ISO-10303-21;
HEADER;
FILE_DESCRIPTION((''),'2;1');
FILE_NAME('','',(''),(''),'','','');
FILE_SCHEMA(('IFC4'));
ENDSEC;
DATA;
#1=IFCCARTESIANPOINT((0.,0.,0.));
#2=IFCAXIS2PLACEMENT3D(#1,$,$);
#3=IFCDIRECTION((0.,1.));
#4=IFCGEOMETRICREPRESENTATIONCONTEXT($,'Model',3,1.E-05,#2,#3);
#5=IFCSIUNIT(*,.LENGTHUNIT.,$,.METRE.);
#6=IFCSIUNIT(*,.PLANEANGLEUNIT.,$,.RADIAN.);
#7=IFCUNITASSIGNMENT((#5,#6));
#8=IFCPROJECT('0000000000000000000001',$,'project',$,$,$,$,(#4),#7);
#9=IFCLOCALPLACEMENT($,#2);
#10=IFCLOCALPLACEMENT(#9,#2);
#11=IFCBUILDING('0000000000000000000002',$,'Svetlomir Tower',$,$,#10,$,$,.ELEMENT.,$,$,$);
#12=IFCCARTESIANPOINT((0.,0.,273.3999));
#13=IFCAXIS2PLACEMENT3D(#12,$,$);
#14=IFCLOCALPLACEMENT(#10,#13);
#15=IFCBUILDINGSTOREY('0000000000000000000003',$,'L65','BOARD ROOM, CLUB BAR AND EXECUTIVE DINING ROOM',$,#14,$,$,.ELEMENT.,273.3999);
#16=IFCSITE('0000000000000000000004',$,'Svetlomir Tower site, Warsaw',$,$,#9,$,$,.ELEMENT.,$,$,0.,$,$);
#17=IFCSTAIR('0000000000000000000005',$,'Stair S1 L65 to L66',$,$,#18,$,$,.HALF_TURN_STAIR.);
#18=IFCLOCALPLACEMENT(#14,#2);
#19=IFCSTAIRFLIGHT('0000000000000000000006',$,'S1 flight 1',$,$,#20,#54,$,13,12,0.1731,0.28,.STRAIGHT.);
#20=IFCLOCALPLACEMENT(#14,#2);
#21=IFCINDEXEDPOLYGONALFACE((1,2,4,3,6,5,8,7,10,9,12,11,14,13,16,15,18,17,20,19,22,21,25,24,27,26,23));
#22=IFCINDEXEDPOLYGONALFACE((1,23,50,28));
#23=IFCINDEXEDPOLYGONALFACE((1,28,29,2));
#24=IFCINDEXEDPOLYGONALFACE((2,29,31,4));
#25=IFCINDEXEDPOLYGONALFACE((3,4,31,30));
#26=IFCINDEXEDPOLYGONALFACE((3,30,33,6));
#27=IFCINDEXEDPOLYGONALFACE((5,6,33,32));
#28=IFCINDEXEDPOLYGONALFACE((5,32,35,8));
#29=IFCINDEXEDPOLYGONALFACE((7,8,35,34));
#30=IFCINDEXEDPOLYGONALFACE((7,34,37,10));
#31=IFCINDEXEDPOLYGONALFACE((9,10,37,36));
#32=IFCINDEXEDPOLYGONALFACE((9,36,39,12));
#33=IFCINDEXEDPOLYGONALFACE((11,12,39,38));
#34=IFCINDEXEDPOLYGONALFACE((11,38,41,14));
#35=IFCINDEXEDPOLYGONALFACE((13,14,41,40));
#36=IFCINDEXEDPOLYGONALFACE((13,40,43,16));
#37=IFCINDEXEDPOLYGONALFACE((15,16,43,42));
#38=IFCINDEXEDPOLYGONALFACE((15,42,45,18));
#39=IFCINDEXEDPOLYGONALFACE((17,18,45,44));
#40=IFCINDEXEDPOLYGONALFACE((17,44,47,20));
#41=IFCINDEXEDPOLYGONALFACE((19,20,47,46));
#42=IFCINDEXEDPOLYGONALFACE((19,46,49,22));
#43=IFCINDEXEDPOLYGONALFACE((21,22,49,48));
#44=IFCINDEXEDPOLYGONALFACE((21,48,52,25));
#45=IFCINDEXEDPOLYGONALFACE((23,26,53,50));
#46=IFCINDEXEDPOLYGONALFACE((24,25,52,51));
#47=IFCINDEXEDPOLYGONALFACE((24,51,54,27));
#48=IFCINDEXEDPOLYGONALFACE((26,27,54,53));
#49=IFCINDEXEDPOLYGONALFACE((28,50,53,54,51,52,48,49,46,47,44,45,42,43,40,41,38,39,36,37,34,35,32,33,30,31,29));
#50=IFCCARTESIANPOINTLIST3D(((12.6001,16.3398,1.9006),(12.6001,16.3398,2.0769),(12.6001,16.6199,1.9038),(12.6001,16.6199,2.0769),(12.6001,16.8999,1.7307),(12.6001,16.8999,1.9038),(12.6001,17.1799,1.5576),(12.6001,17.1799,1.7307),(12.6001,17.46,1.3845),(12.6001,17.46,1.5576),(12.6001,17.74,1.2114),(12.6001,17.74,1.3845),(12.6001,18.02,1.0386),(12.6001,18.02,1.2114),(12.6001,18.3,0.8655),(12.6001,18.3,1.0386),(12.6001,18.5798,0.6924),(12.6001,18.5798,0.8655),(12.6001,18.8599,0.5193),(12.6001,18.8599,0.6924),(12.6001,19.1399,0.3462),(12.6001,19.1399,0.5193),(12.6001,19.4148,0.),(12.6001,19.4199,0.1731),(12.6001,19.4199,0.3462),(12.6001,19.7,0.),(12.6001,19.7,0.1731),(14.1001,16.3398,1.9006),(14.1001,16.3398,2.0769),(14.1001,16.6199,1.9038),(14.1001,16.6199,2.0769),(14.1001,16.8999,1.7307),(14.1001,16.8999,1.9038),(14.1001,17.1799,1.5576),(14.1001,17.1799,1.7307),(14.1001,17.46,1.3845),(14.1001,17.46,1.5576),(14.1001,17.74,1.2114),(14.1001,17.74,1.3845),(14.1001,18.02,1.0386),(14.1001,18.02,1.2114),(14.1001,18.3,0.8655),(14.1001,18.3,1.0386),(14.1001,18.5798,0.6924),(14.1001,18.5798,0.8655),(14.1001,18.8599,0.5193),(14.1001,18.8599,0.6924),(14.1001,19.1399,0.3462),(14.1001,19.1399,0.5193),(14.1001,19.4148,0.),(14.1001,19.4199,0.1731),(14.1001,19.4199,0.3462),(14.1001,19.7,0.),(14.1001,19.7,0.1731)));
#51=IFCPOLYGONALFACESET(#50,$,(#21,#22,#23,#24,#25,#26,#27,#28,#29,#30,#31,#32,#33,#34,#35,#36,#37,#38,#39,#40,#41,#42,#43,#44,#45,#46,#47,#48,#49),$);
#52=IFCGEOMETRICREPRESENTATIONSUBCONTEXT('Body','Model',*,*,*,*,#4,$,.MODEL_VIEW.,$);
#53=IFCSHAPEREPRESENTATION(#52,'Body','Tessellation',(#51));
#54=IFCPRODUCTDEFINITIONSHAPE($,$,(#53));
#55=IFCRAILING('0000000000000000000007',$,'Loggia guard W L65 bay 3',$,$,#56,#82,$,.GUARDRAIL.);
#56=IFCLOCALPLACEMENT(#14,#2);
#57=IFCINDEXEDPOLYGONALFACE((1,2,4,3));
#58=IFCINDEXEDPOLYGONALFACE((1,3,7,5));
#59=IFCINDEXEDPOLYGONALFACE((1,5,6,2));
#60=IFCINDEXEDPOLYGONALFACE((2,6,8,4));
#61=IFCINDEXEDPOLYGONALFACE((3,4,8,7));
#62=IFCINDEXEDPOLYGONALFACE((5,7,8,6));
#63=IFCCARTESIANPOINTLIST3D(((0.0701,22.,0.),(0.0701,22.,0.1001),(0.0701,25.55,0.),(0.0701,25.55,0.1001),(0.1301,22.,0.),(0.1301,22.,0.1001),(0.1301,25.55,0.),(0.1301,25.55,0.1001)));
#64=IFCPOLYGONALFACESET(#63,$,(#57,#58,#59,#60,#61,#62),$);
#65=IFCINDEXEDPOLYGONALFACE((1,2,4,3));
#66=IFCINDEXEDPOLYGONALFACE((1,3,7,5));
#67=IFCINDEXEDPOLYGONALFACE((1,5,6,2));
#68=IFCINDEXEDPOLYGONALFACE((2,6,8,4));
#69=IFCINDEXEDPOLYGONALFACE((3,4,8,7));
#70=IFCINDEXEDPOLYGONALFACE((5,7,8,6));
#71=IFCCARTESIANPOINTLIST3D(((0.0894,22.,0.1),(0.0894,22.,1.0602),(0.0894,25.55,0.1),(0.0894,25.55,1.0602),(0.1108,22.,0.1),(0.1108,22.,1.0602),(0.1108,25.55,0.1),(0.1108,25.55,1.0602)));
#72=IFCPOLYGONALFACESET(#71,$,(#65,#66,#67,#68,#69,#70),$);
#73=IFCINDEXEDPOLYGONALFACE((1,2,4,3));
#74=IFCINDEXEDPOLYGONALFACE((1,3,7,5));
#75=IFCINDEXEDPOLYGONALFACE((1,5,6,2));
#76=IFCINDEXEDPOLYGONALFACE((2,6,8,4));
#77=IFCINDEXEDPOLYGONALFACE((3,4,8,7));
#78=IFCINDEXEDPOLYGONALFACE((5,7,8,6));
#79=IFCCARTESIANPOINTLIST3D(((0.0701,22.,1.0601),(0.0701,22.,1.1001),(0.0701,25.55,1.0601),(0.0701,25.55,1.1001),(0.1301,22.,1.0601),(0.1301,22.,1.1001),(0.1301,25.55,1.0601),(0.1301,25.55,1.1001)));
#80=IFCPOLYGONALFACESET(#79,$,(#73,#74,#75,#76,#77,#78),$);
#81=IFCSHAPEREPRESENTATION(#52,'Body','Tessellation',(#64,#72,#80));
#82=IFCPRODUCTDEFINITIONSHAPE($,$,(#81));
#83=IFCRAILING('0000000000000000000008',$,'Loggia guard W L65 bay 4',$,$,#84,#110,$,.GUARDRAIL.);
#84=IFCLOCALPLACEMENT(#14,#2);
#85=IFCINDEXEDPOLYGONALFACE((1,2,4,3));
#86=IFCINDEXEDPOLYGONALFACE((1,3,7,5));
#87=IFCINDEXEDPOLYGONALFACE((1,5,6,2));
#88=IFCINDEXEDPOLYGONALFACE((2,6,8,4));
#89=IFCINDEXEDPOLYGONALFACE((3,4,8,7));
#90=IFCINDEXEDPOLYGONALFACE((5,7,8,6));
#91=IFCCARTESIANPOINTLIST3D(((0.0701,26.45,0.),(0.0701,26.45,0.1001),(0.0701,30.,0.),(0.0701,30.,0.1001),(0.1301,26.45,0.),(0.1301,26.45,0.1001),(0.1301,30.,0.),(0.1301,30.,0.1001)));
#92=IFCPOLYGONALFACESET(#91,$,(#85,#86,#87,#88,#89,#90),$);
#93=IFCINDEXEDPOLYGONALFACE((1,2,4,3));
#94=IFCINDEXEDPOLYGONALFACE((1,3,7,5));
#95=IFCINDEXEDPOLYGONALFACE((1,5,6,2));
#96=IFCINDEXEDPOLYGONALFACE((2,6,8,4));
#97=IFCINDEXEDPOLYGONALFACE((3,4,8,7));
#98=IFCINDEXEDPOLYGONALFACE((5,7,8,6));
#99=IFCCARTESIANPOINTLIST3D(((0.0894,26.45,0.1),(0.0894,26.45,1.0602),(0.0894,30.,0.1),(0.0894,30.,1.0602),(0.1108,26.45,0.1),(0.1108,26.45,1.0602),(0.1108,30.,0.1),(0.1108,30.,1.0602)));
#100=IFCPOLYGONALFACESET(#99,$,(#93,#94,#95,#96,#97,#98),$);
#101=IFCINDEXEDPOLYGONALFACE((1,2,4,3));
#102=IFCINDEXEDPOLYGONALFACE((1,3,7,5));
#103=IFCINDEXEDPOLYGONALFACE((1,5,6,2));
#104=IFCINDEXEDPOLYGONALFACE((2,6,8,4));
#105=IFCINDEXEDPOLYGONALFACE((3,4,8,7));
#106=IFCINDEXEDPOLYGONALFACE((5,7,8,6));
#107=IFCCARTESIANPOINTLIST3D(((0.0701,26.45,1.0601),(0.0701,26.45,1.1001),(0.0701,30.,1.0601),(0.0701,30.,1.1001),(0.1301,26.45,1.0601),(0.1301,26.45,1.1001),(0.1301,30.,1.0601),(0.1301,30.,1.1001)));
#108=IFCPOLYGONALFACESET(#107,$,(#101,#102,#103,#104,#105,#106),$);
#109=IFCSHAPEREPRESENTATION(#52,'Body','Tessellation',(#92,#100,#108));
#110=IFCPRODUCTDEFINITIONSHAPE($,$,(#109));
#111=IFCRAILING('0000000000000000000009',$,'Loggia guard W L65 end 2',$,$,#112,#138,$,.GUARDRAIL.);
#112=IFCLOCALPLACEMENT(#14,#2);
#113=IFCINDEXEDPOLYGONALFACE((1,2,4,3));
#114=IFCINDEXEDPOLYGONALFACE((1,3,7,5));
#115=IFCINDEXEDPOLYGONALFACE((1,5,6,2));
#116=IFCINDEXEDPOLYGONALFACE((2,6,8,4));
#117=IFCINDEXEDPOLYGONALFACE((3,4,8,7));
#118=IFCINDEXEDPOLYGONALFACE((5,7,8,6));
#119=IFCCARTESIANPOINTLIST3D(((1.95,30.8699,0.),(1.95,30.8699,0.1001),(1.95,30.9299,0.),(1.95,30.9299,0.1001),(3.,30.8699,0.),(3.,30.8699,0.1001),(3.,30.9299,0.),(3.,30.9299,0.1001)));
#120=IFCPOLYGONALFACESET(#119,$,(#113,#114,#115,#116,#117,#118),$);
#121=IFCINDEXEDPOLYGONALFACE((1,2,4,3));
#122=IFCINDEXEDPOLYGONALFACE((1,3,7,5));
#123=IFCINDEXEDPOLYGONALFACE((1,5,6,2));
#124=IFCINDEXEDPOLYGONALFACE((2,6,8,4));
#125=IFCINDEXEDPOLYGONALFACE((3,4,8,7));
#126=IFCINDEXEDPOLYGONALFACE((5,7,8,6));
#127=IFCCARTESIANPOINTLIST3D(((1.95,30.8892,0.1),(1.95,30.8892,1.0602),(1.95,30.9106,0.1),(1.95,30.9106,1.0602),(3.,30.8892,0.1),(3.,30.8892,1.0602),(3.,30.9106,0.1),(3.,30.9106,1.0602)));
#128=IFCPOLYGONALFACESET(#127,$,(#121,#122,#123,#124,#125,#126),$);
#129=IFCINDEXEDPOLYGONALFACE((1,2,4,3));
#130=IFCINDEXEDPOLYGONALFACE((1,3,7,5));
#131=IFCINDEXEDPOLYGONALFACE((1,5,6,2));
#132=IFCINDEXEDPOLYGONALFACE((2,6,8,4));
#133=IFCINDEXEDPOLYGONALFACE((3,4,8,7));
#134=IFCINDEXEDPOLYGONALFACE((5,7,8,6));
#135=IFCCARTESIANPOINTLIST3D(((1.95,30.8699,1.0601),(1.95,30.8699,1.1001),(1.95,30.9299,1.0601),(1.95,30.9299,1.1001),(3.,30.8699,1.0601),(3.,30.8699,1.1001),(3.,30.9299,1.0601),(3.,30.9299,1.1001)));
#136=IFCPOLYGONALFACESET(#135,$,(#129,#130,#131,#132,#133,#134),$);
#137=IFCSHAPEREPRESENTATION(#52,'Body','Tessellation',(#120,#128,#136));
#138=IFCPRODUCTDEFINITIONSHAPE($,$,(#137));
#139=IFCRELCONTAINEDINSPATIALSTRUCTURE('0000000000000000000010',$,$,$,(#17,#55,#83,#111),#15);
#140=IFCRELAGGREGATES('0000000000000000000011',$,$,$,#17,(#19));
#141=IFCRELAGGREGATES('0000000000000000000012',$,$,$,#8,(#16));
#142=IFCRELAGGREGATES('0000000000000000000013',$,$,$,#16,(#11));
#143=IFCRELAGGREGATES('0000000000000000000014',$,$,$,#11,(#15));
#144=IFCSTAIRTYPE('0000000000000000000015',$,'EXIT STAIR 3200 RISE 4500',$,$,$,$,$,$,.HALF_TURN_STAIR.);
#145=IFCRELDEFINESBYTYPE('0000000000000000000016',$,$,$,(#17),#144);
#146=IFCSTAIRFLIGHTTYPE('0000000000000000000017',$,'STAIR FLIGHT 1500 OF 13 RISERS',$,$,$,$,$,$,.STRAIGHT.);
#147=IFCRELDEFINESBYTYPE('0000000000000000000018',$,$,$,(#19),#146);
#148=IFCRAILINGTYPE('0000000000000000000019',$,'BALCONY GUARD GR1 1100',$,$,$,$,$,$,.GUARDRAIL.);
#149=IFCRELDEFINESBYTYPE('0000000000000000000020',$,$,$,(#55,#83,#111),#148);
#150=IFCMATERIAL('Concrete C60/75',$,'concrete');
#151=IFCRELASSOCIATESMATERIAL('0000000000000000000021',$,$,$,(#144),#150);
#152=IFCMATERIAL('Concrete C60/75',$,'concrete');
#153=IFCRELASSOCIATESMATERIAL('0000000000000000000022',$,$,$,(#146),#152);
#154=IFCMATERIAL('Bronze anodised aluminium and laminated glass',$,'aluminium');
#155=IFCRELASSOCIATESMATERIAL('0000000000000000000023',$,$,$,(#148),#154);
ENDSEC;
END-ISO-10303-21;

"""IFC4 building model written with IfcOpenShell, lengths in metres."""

from ifc_helpers import new_model, si_unit, direction, frame, origin, origin_2d, place, context, subcontext, project, spatial, polyline, rectangle, outline, extrude, material, type_object, element, aggregate, save


model = new_model("IFC4")

# Units and contexts
model_context = context("Model", 3, precision=1e-05, world=origin(), true_north=direction((0.0, 1.0)))
body_context = subcontext(model_context, "Body", "Model", "MODEL_VIEW")
ifc_project = project(units=[si_unit("LENGTHUNIT", "METRE"), si_unit("PLANEANGLEUNIT", "RADIAN")], contexts=[model_context])

# Site, building, storey
site_placement = place(None, origin())
site = spatial("IfcSite", under=ifc_project, at=site_placement, Name="Svetlomir Tower site, Warsaw", CompositionType="ELEMENT", RefElevation=0.0)
building_placement = place(site_placement, origin())
building = spatial("IfcBuilding", under=site, at=building_placement, Name="Svetlomir Tower", CompositionType="ELEMENT")
storey_placement = place(building_placement, frame((0.0, 0.0, 273.3999)))
storey = spatial("IfcBuildingStorey", under=building, at=storey_placement, Name="L65", Description="BOARD ROOM, CLUB BAR AND EXECUTIVE DINING ROOM", CompositionType="ELEMENT", Elevation=273.3999)

# Stair, stair flight
ifc_material_1 = material(Name="Concrete C60/75", Category="concrete")
stair_type = type_object("IfcStairType", Name="EXIT STAIR 3200 RISE 4500", PredefinedType="HALF_TURN_STAIR", material=ifc_material_1)
stair_placement = place(storey_placement, origin())
stair = element("IfcStair", 1, at=stair_placement, inside=storey, type_object=stair_type, Name="Stair S1 L65 to L66", PredefinedType="HALF_TURN_STAIR")
ifc_material_2 = material(Name="Concrete C60/75", Category="concrete")
stair_flight_type = type_object("IfcStairFlightType", Name="STAIR FLIGHT 1500 OF 13 RISERS", PredefinedType="STRAIGHT", material=ifc_material_2)
stair_flight_placement = place(storey_placement, frame((13.3501, 19.7, 0.0), z_axis=(0.0, 0.0, 1.0), x_axis=(0.0, -1.0, 0.0)))
stair_flight = element("IfcStairFlight", 2, at=stair_flight_placement, type_object=stair_flight_type, Name="S1 flight 1", NumberOfRisers=13, NumberOfTreads=12, PredefinedType="STRAIGHT", RiserHeight=0.1731, TreadLength=0.28, context=body_context, shape_type="SweptSolid", body=[
    extrude(outline(polyline([(0.0, 0.0), (0.0, 0.1731), (0.28, 0.1731), (0.28, 0.3462), (0.5601, 0.3462), (0.5601, 0.5193), (0.8401, 0.5193), (0.8401, 0.6924), (1.1201, 0.6924), (1.1201, 0.8655), (1.3999, 0.8655), (1.3999, 1.0386), (1.6799, 1.0386), (1.6799, 1.2114), (1.96, 1.2114), (1.96, 1.3845), (2.24, 1.3845), (2.24, 1.5576), (2.52, 1.5576), (2.52, 1.7307), (2.8, 1.7307), (2.8, 1.9038), (3.0801, 1.9038), (3.0801, 2.0769), (3.3601, 2.0769), (3.3601, 2.25), (3.3601, 1.9006), (0.2852, 0.0), (0.0, 0.0)])), frame((0.0, 0.75, 0.0), z_axis=(0.0, -1.0, 0.0), x_axis=(1.0, 0.0, 0.0)), (0.0, 0.0, 1.0), 1.5),
])
aggregate(stair, [stair_flight])

# Railings
ifc_material_3 = material(Name="Bronze anodised aluminium and laminated glass", Category="aluminium")
railing_type_1 = type_object("IfcRailingType", Name="BALCONY GUARD GR1 1100", PredefinedType="GUARDRAIL", material=ifc_material_3)
for number, where, name in (
    (3, (0.1001, 22.0, 0.0), "Loggia guard W L65 bay 3"),
    (4, (0.1001, 26.45, 0.0), "Loggia guard W L65 bay 4"),
):
    element("IfcRailing", number, at=place(storey_placement, frame(where)), inside=storey, type_object=railing_type_1, Name=name, PredefinedType="GUARDRAIL", context=body_context, shape_type="SweptSolid", body=[
        extrude(rectangle(XDim=0.0601, YDim=0.1001, at=origin_2d()), frame((0.0, 0.0, 0.05), z_axis=(0.0, 1.0, 0.0), x_axis=(-1.0, 0.0, 0.0)), (0.0, 0.0, 1.0), 3.55),
        extrude(rectangle(XDim=0.0215, YDim=0.9602, at=origin_2d()), frame((0.0, 0.0, 0.5801), z_axis=(0.0, 1.0, 0.0), x_axis=(-1.0, 0.0, 0.0)), (0.0, 0.0, 1.0), 3.55),
        extrude(rectangle(XDim=0.0601, YDim=0.04, at=origin_2d()), frame((0.0, 0.0, 1.0801), z_axis=(0.0, 1.0, 0.0), x_axis=(-1.0, 0.0, 0.0)), (0.0, 0.0, 1.0), 3.55),
    ])
railing_1_placement = place(storey_placement, frame((1.95, 30.8999, 0.0)))
element("IfcRailing", 5, at=railing_1_placement, inside=storey, type_object=railing_type_1, Name="Loggia guard W L65 end 2", PredefinedType="GUARDRAIL", context=body_context, shape_type="SweptSolid", body=[
    extrude(rectangle(XDim=0.0601, YDim=0.1001, at=origin_2d()), frame((0.0, 0.0, 0.05), z_axis=(1.0, 0.0, 0.0), x_axis=(0.0, 1.0, 0.0)), (0.0, 0.0, 1.0), 1.05),
    extrude(rectangle(XDim=0.0215, YDim=0.9602, at=origin_2d()), frame((0.0, 0.0, 0.5801), z_axis=(1.0, 0.0, 0.0), x_axis=(0.0, 1.0, 0.0)), (0.0, 0.0, 1.0), 1.05),
    extrude(rectangle(XDim=0.0601, YDim=0.04, at=origin_2d()), frame((0.0, 0.0, 1.0801), z_axis=(1.0, 0.0, 0.0), x_axis=(0.0, 1.0, 0.0)), (0.0, 0.0, 1.0), 1.05),
])

save(model, "model.ifc")
